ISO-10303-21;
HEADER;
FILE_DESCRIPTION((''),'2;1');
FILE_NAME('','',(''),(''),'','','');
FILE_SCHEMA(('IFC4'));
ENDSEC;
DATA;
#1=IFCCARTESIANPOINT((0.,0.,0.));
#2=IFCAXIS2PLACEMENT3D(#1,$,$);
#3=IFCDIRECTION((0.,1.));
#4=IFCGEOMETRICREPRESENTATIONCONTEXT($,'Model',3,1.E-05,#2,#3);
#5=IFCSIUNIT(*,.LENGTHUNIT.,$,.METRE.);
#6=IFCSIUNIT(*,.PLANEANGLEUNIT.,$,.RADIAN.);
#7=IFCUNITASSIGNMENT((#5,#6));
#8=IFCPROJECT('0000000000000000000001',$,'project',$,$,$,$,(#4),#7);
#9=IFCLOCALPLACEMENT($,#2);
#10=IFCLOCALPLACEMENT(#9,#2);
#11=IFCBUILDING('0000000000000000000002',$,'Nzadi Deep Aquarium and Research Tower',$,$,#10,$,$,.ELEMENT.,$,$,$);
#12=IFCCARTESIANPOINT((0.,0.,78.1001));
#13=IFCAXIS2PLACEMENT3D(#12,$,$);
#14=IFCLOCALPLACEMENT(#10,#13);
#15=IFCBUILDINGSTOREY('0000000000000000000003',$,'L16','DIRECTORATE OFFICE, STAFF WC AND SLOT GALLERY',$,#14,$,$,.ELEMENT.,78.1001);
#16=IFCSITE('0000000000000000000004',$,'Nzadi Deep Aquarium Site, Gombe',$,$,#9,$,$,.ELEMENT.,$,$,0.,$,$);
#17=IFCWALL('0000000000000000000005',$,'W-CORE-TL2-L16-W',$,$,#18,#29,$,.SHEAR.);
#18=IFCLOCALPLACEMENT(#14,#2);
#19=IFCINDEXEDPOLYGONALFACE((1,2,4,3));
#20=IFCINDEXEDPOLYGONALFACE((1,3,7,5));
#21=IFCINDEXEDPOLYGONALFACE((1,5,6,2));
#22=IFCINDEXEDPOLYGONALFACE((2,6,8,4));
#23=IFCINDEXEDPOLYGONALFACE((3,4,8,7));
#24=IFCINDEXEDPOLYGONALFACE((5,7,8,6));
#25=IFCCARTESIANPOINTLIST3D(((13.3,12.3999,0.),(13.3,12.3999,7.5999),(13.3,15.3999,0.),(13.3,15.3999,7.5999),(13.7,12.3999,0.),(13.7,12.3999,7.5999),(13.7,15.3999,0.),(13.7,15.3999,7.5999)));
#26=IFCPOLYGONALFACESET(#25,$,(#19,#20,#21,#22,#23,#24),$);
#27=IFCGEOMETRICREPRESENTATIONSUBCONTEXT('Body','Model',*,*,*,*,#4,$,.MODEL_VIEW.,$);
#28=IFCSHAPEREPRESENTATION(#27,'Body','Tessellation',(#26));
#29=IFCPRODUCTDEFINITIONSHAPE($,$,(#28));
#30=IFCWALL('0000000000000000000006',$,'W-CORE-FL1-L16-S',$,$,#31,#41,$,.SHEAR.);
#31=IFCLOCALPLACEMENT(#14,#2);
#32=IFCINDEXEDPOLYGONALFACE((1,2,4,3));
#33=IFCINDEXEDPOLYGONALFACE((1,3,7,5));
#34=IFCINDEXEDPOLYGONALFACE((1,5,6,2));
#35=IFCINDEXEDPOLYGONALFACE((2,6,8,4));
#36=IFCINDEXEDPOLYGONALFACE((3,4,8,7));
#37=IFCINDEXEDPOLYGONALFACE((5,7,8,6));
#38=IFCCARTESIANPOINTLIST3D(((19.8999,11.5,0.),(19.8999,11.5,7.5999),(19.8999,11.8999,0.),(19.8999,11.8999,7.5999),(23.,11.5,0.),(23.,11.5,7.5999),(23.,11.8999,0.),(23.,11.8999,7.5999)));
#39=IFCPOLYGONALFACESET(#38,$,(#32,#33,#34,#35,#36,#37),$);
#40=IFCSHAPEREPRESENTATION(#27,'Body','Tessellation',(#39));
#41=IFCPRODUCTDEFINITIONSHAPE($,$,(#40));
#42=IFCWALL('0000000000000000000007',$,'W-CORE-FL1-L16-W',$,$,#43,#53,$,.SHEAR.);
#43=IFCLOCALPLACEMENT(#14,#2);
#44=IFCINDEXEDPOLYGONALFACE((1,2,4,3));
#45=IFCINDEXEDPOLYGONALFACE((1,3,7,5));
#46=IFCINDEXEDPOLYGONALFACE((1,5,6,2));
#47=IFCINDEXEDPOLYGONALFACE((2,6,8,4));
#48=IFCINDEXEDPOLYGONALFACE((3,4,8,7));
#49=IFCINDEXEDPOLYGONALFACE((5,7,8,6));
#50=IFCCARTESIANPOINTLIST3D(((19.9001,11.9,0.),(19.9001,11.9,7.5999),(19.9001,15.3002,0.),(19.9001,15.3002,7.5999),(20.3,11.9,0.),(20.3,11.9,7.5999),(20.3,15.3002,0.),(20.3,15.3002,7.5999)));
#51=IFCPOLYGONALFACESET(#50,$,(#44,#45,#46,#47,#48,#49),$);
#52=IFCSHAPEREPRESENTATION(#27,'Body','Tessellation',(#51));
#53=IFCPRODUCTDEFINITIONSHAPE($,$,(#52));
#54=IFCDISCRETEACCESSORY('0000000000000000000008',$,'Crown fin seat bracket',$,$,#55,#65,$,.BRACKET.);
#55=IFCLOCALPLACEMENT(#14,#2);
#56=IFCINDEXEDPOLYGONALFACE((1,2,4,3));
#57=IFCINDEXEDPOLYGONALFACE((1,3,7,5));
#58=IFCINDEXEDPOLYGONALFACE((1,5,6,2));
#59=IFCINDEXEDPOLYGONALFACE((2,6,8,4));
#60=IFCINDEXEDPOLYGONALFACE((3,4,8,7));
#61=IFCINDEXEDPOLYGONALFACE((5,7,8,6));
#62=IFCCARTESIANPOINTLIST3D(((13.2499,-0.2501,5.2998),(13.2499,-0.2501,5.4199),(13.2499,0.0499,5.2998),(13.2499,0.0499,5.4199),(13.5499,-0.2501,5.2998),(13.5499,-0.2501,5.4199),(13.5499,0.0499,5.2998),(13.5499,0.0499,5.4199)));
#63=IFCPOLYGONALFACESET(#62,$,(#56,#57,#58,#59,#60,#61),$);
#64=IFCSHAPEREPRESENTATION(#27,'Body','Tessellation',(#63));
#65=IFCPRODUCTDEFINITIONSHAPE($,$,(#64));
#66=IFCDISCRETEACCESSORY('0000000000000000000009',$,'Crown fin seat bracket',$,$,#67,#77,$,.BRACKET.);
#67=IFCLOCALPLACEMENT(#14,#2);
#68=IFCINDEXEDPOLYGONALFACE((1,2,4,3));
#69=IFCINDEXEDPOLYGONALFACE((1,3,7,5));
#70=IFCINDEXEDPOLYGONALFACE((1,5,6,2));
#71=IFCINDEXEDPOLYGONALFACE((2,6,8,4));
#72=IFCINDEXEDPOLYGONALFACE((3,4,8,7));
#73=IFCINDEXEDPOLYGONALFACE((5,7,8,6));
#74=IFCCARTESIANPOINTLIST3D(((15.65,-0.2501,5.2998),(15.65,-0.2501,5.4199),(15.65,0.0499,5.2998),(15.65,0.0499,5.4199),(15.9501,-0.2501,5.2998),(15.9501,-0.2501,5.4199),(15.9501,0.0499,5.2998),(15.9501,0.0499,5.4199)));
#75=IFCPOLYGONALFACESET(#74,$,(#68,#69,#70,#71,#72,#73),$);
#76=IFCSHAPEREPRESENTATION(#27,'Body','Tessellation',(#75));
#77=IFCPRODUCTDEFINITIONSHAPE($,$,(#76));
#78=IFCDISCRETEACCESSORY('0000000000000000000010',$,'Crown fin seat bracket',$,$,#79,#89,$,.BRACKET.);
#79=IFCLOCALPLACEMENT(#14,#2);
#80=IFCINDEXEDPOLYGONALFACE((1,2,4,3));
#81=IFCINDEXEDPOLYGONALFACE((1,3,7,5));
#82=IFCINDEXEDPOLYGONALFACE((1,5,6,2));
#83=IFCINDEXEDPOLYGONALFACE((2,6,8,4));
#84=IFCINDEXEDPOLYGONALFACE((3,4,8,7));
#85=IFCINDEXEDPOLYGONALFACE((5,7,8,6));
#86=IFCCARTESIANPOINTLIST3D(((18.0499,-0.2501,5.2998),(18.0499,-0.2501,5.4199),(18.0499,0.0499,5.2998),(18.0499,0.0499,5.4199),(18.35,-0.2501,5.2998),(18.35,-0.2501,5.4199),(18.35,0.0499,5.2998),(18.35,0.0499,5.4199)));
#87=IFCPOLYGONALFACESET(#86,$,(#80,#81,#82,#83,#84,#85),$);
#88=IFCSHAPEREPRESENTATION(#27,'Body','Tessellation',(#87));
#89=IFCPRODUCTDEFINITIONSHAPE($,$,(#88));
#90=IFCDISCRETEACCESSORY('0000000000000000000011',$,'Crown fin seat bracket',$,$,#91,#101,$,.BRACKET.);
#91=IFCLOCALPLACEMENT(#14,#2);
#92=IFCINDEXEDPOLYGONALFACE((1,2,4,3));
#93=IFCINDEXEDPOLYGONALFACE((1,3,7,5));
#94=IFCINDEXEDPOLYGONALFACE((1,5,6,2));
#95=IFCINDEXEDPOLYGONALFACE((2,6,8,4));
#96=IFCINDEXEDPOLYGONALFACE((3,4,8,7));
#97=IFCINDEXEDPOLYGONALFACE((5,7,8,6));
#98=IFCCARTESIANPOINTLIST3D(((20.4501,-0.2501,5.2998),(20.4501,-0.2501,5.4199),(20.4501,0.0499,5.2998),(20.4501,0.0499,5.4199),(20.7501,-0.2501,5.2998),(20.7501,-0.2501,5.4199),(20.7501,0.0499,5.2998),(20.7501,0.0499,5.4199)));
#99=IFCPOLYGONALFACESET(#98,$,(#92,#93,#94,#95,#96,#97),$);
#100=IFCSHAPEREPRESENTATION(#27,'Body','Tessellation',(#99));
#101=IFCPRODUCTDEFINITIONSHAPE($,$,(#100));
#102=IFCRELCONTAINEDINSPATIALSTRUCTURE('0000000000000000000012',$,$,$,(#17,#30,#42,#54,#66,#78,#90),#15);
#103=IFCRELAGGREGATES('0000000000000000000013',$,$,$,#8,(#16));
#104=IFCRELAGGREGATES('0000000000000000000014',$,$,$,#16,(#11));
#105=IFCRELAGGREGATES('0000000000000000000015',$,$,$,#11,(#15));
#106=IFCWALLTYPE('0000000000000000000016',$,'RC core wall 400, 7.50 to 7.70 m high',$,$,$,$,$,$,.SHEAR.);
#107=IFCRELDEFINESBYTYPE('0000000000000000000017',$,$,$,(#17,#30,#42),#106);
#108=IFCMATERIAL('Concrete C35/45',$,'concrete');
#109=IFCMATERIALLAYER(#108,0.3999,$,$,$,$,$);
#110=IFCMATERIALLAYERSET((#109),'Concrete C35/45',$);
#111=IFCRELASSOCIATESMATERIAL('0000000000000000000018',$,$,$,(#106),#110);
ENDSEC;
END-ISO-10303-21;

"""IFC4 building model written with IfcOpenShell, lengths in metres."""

from ifc_helpers import new_model, si_unit, direction, frame, frame_2d, origin, origin_2d, place, context, subcontext, project, spatial, rectangle, extrude, material, layer, layer_set, type_object, element, save


model = new_model("IFC4")

# Units and contexts
model_context = context("Model", 3, precision=1e-05, world=origin(), true_north=direction((0.0, 1.0)))
body_context = subcontext(model_context, "Body", "Model", "MODEL_VIEW")
ifc_project = project(units=[si_unit("LENGTHUNIT", "METRE"), si_unit("PLANEANGLEUNIT", "RADIAN")], contexts=[model_context])

# Site, building, storey
site_placement = place(None, origin())
site = spatial("IfcSite", under=ifc_project, at=site_placement, Name="Nzadi Deep Aquarium Site, Gombe", CompositionType="ELEMENT", RefElevation=0.0)
building_placement = place(site_placement, origin())
building = spatial("IfcBuilding", under=site, at=building_placement, Name="Nzadi Deep Aquarium and Research Tower", CompositionType="ELEMENT")
storey_placement = place(building_placement, frame((0.0, 0.0, 78.1001)))
storey = spatial("IfcBuildingStorey", under=building, at=storey_placement, Name="L16", Description="DIRECTORATE OFFICE, STAFF WC AND SLOT GALLERY", CompositionType="ELEMENT", Elevation=78.1001)

# Walls
ifc_material_1 = material(Name="Concrete C35/45", Category="concrete")
ifc_layer_1 = layer(ifc_material_1, 0.3999)
ifc_layer_set_1 = layer_set([ifc_layer_1], Name="Concrete C35/45")
wall_type_1 = type_object("IfcWallType", Name="RC core wall 400, 7.50 to 7.70 m high", PredefinedType="SHEAR", material=ifc_layer_set_1)
wall_1_placement = place(storey_placement, frame((13.5, 12.3999, 0.0), z_axis=(0.0, 0.0, 1.0), x_axis=(0.0, 1.0, 0.0)))
element("IfcWall", 1, at=wall_1_placement, inside=storey, type_object=wall_type_1, Name="W-CORE-TL2-L16-W", PredefinedType="SHEAR", context=body_context, shape_type="SweptSolid", body=[
    extrude(rectangle(XDim=3.0, YDim=0.3999, at=frame_2d((1.5, 0.0))), origin(), (0.0, 0.0, 1.0), 7.5999),
])
wall_2_placement = place(storey_placement, frame((19.8999, 11.7, 0.0), z_axis=(0.0, 0.0, 1.0), x_axis=(1.0, 0.0, 0.0)))
element("IfcWall", 2, at=wall_2_placement, inside=storey, type_object=wall_type_1, Name="W-CORE-FL1-L16-S", PredefinedType="SHEAR", context=body_context, shape_type="SweptSolid", body=[
    extrude(rectangle(XDim=3.1001, YDim=0.3999, at=frame_2d((1.55, 0.0))), origin(), (0.0, 0.0, 1.0), 7.5999),
])
wall_3_placement = place(storey_placement, frame((20.1001, 11.8999, 0.0), z_axis=(0.0, 0.0, 1.0), x_axis=(0.0, 1.0, 0.0)))
element("IfcWall", 3, at=wall_3_placement, inside=storey, type_object=wall_type_1, Name="W-CORE-FL1-L16-W", PredefinedType="SHEAR", context=body_context, shape_type="SweptSolid", body=[
    extrude(rectangle(XDim=3.4001, YDim=0.3999, at=frame_2d((1.7002, 0.0))), origin(), (0.0, 0.0, 1.0), 7.5999),
])

# Discrete accessories
for number, where, z_axis, x_axis, name in (
    (4, (13.3999, -0.1001, 5.2998), (0.0, 0.0, 1.0), (1.0, 0.0, 0.0), "Crown fin seat bracket"),
    (5, (15.8, -0.1001, 5.2998), (0.0, 0.0, 1.0), (1.0, 0.0, 0.0), "Crown fin seat bracket"),
    (6, (18.2, -0.1001, 5.2998), (0.0, 0.0, 1.0), (1.0, 0.0, 0.0), "Crown fin seat bracket"),
    (7, (20.6001, -0.1001, 5.2998), (0.0, 0.0, 1.0), (1.0, 0.0, 0.0), "Crown fin seat bracket"),
):
    element("IfcDiscreteAccessory", number, at=place(storey_placement, frame(where, z_axis=z_axis, x_axis=x_axis)), inside=storey, Name=name, PredefinedType="BRACKET", context=body_context, shape_type="SweptSolid", body=[
        extrude(rectangle(XDim=0.3, YDim=0.3, at=origin_2d()), origin(), (0.0, 0.0, 1.0), 0.1201),
    ])

save(model, "model.ifc")
